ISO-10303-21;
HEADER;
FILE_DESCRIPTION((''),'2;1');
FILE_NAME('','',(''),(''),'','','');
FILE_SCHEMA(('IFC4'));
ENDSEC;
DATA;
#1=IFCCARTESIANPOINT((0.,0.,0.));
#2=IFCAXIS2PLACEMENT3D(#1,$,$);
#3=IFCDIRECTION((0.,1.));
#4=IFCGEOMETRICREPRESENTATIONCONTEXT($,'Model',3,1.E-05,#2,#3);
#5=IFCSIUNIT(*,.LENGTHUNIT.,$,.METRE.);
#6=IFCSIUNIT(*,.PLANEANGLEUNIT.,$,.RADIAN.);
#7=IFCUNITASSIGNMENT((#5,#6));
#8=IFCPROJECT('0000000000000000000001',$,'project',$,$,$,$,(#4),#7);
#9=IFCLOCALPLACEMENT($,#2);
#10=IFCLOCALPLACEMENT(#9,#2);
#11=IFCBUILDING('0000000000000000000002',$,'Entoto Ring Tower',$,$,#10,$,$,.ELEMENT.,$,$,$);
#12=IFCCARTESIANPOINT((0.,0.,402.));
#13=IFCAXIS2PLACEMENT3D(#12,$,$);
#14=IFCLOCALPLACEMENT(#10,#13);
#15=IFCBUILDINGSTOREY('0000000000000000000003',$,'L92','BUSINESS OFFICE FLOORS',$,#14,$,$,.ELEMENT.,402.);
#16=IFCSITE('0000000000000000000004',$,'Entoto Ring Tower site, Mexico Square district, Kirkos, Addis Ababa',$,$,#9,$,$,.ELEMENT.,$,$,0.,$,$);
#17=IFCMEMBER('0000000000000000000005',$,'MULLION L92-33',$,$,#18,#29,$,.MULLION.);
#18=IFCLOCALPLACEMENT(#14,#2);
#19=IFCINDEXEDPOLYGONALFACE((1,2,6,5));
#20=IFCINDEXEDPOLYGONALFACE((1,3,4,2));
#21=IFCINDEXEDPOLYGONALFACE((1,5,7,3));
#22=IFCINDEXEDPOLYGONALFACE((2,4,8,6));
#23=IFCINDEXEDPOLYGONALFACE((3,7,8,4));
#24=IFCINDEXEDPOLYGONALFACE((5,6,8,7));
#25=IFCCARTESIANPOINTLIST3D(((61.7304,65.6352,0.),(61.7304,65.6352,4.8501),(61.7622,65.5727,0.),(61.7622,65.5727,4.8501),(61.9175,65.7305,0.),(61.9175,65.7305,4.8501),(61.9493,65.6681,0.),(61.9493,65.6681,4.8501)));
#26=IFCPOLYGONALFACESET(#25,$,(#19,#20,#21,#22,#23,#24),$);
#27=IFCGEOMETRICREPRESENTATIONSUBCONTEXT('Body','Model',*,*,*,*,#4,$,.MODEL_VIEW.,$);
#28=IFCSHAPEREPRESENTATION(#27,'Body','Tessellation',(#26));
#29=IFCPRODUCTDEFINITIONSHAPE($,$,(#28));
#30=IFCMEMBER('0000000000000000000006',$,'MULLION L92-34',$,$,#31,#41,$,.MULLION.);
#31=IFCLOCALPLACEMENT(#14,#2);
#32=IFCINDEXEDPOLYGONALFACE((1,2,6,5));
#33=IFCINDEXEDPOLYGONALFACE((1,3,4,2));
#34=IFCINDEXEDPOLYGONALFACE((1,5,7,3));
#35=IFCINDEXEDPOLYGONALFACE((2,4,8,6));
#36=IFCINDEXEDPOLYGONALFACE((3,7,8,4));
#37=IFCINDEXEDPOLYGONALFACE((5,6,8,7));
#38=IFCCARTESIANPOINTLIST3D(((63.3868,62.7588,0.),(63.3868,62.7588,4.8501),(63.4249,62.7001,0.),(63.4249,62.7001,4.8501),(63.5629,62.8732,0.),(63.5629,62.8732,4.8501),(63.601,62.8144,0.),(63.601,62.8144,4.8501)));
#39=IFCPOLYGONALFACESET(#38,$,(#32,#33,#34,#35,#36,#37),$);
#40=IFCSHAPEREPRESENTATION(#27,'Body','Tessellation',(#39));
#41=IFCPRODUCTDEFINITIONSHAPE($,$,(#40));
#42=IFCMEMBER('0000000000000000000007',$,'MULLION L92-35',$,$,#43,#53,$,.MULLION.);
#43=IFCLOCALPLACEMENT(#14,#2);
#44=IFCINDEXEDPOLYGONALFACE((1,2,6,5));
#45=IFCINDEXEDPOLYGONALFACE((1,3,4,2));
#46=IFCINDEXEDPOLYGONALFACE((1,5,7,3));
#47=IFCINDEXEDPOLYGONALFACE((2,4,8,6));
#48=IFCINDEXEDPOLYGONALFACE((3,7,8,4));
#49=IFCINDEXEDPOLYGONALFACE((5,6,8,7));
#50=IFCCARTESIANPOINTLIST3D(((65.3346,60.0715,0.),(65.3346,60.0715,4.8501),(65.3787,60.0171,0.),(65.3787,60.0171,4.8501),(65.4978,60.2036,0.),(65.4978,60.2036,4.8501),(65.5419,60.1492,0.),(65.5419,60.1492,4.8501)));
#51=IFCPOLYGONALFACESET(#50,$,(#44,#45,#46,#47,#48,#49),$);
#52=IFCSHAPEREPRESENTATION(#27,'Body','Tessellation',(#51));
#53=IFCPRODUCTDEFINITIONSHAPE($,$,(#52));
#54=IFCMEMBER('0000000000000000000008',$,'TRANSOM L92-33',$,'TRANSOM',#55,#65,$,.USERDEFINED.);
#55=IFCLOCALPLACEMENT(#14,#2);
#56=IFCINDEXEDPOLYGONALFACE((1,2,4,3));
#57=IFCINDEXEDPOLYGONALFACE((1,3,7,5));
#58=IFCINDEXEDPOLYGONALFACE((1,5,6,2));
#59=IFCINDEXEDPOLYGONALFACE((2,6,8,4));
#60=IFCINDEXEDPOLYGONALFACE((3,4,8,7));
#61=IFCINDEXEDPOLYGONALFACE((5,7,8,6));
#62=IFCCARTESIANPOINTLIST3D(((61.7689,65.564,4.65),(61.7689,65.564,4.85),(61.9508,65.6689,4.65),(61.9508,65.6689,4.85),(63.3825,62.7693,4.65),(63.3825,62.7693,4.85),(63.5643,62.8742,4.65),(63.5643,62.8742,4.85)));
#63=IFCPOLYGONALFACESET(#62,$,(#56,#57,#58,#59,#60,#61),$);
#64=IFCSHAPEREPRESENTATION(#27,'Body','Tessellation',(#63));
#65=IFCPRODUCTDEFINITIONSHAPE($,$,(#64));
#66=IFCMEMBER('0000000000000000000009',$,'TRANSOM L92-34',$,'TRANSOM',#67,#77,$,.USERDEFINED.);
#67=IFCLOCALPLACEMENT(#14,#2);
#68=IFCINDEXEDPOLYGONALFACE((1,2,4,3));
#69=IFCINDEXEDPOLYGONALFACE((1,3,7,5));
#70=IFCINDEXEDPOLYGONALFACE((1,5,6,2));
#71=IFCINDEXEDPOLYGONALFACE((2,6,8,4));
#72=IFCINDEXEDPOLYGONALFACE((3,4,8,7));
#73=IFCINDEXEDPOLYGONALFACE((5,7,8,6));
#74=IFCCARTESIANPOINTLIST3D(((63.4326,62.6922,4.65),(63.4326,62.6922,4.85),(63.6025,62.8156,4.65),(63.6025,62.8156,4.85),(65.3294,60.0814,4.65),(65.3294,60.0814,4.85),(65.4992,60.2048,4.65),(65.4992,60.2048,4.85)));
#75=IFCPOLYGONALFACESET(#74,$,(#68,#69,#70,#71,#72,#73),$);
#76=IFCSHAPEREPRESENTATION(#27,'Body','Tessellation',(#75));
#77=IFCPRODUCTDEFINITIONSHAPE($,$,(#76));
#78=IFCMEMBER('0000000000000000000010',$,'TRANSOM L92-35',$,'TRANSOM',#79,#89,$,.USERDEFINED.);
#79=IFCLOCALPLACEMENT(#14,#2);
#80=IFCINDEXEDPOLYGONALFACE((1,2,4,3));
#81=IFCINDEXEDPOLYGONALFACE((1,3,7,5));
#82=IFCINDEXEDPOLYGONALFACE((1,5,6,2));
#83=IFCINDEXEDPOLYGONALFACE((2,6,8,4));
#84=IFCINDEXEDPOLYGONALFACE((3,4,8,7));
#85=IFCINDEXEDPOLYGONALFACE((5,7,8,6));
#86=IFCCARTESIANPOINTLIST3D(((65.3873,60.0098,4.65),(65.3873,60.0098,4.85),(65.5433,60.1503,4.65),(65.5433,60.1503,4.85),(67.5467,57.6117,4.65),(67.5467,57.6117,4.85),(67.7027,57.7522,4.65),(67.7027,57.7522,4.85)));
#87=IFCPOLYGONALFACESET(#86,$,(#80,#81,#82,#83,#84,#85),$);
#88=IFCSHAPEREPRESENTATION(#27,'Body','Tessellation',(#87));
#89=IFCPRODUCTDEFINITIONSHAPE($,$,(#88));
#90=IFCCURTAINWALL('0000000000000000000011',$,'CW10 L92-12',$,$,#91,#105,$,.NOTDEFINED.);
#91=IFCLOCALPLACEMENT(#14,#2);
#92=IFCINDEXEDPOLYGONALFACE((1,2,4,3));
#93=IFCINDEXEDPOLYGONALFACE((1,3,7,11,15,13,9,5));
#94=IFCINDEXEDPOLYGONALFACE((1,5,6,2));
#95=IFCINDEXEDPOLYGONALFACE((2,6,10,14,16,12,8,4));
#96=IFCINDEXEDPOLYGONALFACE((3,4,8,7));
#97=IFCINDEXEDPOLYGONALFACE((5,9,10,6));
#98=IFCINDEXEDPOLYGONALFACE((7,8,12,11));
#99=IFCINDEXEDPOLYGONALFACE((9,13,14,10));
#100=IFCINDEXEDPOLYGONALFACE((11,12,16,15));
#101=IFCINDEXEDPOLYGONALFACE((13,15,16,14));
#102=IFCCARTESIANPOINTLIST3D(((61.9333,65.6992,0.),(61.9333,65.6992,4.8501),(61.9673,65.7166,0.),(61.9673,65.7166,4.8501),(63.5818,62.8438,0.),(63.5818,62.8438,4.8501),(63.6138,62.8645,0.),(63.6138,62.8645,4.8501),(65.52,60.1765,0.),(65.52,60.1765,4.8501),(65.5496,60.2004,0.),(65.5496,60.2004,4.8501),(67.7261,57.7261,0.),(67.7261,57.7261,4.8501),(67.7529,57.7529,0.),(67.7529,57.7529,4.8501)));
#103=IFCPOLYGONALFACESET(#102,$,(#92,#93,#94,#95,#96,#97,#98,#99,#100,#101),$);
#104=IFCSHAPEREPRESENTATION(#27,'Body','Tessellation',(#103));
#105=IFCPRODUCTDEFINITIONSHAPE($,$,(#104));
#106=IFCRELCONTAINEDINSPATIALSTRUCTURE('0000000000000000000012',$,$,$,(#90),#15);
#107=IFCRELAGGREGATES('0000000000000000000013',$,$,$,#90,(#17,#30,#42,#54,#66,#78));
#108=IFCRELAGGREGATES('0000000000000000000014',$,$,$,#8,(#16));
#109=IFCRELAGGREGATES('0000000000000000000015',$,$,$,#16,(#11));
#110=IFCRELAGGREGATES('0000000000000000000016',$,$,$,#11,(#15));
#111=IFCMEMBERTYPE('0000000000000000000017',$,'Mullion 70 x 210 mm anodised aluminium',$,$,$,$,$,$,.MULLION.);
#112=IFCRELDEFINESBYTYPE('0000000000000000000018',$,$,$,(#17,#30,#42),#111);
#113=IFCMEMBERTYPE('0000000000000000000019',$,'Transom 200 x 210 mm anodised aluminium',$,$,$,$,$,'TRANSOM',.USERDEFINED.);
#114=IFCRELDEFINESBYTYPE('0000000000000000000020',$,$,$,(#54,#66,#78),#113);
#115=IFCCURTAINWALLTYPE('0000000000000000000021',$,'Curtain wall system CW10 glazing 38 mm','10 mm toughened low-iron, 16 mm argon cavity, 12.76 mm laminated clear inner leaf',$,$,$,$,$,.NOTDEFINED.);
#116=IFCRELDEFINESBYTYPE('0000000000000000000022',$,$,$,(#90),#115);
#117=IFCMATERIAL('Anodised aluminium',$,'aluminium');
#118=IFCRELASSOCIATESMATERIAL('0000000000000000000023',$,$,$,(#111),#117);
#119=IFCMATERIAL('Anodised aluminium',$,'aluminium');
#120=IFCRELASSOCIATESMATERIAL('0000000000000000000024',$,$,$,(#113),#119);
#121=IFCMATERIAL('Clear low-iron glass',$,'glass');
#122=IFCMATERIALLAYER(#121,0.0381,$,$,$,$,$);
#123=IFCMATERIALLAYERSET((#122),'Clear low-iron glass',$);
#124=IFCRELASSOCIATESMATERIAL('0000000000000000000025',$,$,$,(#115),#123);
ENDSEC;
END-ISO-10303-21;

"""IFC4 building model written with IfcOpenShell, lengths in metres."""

from ifc_helpers import new_model, si_unit, direction, frame, origin, origin_2d, place, context, subcontext, project, spatial, polyline, rectangle, outline, extrude, material, layer, layer_set, material_profile, profile_set, type_object, element, aggregate, save


model = new_model("IFC4")

# Units and contexts
model_context = context("Model", 3, precision=1e-05, world=origin(), true_north=direction((0.0, 1.0)))
body_context = subcontext(model_context, "Body", "Model", "MODEL_VIEW")
ifc_project = project(units=[si_unit("LENGTHUNIT", "METRE"), si_unit("PLANEANGLEUNIT", "RADIAN")], contexts=[model_context])

# Members
ifc_material_1 = material(Name="Anodised aluminium", Category="aluminium")
ifc_material_profile_1 = material_profile(ifc_material_1, rectangle(XDim=0.0701, YDim=0.21, at=origin_2d()), Name="Mullion 70 x 210 mm anodised aluminium")
ifc_profile_set_1 = profile_set([ifc_material_profile_1], Name="Anodised aluminium")
member_type_1 = type_object("IfcMemberType", Name="Mullion 70 x 210 mm anodised aluminium", PredefinedType="MULLION", material=ifc_profile_set_1)
site_placement = place(None, origin())
building_placement = place(site_placement, origin())
storey_placement = place(building_placement, frame((0.0, 0.0, 402.0)))
member_1_placement = place(storey_placement, frame((61.8398, 65.6516, 0.0), z_axis=(0.0, 0.0, 1.0), x_axis=(0.45399, -0.891007, 0.0)))
member_1 = element("IfcMember", 1, at=member_1_placement, type_object=member_type_1, Name="MULLION L92-33", PredefinedType="MULLION", context=body_context, shape_type="SweptSolid", body=[
    extrude(rectangle(XDim=0.0701, YDim=0.21, at=origin_2d()), origin(), (0.0, 0.0, 1.0), 4.8501),
])
member_2_placement = place(storey_placement, frame((63.4939, 62.7866, 0.0), z_axis=(0.0, 0.0, 1.0), x_axis=(0.544639, -0.838671, 0.0)))
member_2 = element("IfcMember", 2, at=member_2_placement, type_object=member_type_1, Name="MULLION L92-34", PredefinedType="MULLION", context=body_context, shape_type="SweptSolid", body=[
    extrude(rectangle(XDim=0.0701, YDim=0.21, at=origin_2d()), origin(), (0.0, 0.0, 1.0), 4.8501),
])
member_3_placement = place(storey_placement, frame((65.4382, 60.1104, 0.0), z_axis=(0.0, 0.0, 1.0), x_axis=(0.62932, -0.777146, 0.0)))
member_3 = element("IfcMember", 3, at=member_3_placement, type_object=member_type_1, Name="MULLION L92-35", PredefinedType="MULLION", context=body_context, shape_type="SweptSolid", body=[
    extrude(rectangle(XDim=0.0701, YDim=0.21, at=origin_2d()), origin(), (0.0, 0.0, 1.0), 4.8501),
])
ifc_material_2 = material(Name="Anodised aluminium", Category="aluminium")
ifc_material_profile_2 = material_profile(ifc_material_2, rectangle(XDim=0.21, YDim=0.2, at=origin_2d()), Name="Transom 200 x 210 mm anodised aluminium")
ifc_profile_set_2 = profile_set([ifc_material_profile_2], Name="Anodised aluminium")
member_type_2 = type_object("IfcMemberType", Name="Transom 200 x 210 mm anodised aluminium", ElementType="TRANSOM", PredefinedType="USERDEFINED", material=ifc_profile_set_2)
member_4_placement = place(storey_placement, frame((61.8599, 65.6165, 4.75), z_axis=(0.500004, -0.866023, 0.0), x_axis=(0.866023, 0.500004, 0.0)))
member_4 = element("IfcMember", 4, at=member_4_placement, type_object=member_type_2, Name="TRANSOM L92-33", ObjectType="TRANSOM", PredefinedType="USERDEFINED", context=body_context, shape_type="SweptSolid", body=[
    extrude(rectangle(XDim=0.21, YDim=0.2, at=origin_2d()), origin(), (0.0, 0.0, 1.0), 3.2271),
])
member_5_placement = place(storey_placement, frame((63.5176, 62.7539, 4.75), z_axis=(0.587753, -0.80904, 0.0), x_axis=(0.80904, 0.587753, 0.0)))
member_5 = element("IfcMember", 5, at=member_5_placement, type_object=member_type_2, Name="TRANSOM L92-34", ObjectType="TRANSOM", PredefinedType="USERDEFINED", context=body_context, shape_type="SweptSolid", body=[
    extrude(rectangle(XDim=0.21, YDim=0.2, at=origin_2d()), origin(), (0.0, 0.0, 1.0), 3.2271),
])
member_6_placement = place(storey_placement, frame((65.4653, 60.0801, 4.75), z_axis=(0.669144, -0.743132, 0.0), x_axis=(0.743132, 0.669144, 0.0)))
member_6 = element("IfcMember", 6, at=member_6_placement, type_object=member_type_2, Name="TRANSOM L92-35", ObjectType="TRANSOM", PredefinedType="USERDEFINED", context=body_context, shape_type="SweptSolid", body=[
    extrude(rectangle(XDim=0.21, YDim=0.2, at=origin_2d()), origin(), (0.0, 0.0, 1.0), 3.2271),
])

# Site, building, storey
site = spatial("IfcSite", under=ifc_project, at=site_placement, Name="Entoto Ring Tower site, Mexico Square district, Kirkos, Addis Ababa", CompositionType="ELEMENT", RefElevation=0.0)
building = spatial("IfcBuilding", under=site, at=building_placement, Name="Entoto Ring Tower", CompositionType="ELEMENT")
storey = spatial("IfcBuildingStorey", under=building, at=storey_placement, Name="L92", Description="BUSINESS OFFICE FLOORS", CompositionType="ELEMENT", Elevation=402.0)

# Curtain wall
ifc_material_3 = material(Name="Clear low-iron glass", Category="glass")
ifc_layer = layer(ifc_material_3, 0.0381)
ifc_layer_set = layer_set([ifc_layer], Name="Clear low-iron glass")
curtain_wall_type = type_object("IfcCurtainWallType", Name="Curtain wall system CW10 glazing 38 mm", Description="10 mm toughened low-iron, 16 mm argon cavity, 12.76 mm laminated clear inner leaf", PredefinedType="NOTDEFINED", material=ifc_layer_set)
curtain_wall_1_placement = place(storey_placement, origin())
curtain_wall_1 = element("IfcCurtainWall", 7, at=curtain_wall_1_placement, inside=storey, type_object=curtain_wall_type, Name="CW10 L92-12", PredefinedType="NOTDEFINED", context=body_context, shape_type="SweptSolid", body=[
    extrude(outline(polyline([(61.9333, 65.6992), (63.5818, 62.8438), (65.52, 60.1765), (67.7261, 57.7261), (67.7529, 57.7529), (65.5496, 60.2004), (63.6138, 62.8645), (61.9673, 65.7166), (61.9333, 65.6992)])), origin(), (0.0, 0.0, 1.0), 4.8501),
])
aggregate(curtain_wall_1, [member_1, member_2, member_3, member_4, member_5, member_6])

save(model, "model.ifc")
